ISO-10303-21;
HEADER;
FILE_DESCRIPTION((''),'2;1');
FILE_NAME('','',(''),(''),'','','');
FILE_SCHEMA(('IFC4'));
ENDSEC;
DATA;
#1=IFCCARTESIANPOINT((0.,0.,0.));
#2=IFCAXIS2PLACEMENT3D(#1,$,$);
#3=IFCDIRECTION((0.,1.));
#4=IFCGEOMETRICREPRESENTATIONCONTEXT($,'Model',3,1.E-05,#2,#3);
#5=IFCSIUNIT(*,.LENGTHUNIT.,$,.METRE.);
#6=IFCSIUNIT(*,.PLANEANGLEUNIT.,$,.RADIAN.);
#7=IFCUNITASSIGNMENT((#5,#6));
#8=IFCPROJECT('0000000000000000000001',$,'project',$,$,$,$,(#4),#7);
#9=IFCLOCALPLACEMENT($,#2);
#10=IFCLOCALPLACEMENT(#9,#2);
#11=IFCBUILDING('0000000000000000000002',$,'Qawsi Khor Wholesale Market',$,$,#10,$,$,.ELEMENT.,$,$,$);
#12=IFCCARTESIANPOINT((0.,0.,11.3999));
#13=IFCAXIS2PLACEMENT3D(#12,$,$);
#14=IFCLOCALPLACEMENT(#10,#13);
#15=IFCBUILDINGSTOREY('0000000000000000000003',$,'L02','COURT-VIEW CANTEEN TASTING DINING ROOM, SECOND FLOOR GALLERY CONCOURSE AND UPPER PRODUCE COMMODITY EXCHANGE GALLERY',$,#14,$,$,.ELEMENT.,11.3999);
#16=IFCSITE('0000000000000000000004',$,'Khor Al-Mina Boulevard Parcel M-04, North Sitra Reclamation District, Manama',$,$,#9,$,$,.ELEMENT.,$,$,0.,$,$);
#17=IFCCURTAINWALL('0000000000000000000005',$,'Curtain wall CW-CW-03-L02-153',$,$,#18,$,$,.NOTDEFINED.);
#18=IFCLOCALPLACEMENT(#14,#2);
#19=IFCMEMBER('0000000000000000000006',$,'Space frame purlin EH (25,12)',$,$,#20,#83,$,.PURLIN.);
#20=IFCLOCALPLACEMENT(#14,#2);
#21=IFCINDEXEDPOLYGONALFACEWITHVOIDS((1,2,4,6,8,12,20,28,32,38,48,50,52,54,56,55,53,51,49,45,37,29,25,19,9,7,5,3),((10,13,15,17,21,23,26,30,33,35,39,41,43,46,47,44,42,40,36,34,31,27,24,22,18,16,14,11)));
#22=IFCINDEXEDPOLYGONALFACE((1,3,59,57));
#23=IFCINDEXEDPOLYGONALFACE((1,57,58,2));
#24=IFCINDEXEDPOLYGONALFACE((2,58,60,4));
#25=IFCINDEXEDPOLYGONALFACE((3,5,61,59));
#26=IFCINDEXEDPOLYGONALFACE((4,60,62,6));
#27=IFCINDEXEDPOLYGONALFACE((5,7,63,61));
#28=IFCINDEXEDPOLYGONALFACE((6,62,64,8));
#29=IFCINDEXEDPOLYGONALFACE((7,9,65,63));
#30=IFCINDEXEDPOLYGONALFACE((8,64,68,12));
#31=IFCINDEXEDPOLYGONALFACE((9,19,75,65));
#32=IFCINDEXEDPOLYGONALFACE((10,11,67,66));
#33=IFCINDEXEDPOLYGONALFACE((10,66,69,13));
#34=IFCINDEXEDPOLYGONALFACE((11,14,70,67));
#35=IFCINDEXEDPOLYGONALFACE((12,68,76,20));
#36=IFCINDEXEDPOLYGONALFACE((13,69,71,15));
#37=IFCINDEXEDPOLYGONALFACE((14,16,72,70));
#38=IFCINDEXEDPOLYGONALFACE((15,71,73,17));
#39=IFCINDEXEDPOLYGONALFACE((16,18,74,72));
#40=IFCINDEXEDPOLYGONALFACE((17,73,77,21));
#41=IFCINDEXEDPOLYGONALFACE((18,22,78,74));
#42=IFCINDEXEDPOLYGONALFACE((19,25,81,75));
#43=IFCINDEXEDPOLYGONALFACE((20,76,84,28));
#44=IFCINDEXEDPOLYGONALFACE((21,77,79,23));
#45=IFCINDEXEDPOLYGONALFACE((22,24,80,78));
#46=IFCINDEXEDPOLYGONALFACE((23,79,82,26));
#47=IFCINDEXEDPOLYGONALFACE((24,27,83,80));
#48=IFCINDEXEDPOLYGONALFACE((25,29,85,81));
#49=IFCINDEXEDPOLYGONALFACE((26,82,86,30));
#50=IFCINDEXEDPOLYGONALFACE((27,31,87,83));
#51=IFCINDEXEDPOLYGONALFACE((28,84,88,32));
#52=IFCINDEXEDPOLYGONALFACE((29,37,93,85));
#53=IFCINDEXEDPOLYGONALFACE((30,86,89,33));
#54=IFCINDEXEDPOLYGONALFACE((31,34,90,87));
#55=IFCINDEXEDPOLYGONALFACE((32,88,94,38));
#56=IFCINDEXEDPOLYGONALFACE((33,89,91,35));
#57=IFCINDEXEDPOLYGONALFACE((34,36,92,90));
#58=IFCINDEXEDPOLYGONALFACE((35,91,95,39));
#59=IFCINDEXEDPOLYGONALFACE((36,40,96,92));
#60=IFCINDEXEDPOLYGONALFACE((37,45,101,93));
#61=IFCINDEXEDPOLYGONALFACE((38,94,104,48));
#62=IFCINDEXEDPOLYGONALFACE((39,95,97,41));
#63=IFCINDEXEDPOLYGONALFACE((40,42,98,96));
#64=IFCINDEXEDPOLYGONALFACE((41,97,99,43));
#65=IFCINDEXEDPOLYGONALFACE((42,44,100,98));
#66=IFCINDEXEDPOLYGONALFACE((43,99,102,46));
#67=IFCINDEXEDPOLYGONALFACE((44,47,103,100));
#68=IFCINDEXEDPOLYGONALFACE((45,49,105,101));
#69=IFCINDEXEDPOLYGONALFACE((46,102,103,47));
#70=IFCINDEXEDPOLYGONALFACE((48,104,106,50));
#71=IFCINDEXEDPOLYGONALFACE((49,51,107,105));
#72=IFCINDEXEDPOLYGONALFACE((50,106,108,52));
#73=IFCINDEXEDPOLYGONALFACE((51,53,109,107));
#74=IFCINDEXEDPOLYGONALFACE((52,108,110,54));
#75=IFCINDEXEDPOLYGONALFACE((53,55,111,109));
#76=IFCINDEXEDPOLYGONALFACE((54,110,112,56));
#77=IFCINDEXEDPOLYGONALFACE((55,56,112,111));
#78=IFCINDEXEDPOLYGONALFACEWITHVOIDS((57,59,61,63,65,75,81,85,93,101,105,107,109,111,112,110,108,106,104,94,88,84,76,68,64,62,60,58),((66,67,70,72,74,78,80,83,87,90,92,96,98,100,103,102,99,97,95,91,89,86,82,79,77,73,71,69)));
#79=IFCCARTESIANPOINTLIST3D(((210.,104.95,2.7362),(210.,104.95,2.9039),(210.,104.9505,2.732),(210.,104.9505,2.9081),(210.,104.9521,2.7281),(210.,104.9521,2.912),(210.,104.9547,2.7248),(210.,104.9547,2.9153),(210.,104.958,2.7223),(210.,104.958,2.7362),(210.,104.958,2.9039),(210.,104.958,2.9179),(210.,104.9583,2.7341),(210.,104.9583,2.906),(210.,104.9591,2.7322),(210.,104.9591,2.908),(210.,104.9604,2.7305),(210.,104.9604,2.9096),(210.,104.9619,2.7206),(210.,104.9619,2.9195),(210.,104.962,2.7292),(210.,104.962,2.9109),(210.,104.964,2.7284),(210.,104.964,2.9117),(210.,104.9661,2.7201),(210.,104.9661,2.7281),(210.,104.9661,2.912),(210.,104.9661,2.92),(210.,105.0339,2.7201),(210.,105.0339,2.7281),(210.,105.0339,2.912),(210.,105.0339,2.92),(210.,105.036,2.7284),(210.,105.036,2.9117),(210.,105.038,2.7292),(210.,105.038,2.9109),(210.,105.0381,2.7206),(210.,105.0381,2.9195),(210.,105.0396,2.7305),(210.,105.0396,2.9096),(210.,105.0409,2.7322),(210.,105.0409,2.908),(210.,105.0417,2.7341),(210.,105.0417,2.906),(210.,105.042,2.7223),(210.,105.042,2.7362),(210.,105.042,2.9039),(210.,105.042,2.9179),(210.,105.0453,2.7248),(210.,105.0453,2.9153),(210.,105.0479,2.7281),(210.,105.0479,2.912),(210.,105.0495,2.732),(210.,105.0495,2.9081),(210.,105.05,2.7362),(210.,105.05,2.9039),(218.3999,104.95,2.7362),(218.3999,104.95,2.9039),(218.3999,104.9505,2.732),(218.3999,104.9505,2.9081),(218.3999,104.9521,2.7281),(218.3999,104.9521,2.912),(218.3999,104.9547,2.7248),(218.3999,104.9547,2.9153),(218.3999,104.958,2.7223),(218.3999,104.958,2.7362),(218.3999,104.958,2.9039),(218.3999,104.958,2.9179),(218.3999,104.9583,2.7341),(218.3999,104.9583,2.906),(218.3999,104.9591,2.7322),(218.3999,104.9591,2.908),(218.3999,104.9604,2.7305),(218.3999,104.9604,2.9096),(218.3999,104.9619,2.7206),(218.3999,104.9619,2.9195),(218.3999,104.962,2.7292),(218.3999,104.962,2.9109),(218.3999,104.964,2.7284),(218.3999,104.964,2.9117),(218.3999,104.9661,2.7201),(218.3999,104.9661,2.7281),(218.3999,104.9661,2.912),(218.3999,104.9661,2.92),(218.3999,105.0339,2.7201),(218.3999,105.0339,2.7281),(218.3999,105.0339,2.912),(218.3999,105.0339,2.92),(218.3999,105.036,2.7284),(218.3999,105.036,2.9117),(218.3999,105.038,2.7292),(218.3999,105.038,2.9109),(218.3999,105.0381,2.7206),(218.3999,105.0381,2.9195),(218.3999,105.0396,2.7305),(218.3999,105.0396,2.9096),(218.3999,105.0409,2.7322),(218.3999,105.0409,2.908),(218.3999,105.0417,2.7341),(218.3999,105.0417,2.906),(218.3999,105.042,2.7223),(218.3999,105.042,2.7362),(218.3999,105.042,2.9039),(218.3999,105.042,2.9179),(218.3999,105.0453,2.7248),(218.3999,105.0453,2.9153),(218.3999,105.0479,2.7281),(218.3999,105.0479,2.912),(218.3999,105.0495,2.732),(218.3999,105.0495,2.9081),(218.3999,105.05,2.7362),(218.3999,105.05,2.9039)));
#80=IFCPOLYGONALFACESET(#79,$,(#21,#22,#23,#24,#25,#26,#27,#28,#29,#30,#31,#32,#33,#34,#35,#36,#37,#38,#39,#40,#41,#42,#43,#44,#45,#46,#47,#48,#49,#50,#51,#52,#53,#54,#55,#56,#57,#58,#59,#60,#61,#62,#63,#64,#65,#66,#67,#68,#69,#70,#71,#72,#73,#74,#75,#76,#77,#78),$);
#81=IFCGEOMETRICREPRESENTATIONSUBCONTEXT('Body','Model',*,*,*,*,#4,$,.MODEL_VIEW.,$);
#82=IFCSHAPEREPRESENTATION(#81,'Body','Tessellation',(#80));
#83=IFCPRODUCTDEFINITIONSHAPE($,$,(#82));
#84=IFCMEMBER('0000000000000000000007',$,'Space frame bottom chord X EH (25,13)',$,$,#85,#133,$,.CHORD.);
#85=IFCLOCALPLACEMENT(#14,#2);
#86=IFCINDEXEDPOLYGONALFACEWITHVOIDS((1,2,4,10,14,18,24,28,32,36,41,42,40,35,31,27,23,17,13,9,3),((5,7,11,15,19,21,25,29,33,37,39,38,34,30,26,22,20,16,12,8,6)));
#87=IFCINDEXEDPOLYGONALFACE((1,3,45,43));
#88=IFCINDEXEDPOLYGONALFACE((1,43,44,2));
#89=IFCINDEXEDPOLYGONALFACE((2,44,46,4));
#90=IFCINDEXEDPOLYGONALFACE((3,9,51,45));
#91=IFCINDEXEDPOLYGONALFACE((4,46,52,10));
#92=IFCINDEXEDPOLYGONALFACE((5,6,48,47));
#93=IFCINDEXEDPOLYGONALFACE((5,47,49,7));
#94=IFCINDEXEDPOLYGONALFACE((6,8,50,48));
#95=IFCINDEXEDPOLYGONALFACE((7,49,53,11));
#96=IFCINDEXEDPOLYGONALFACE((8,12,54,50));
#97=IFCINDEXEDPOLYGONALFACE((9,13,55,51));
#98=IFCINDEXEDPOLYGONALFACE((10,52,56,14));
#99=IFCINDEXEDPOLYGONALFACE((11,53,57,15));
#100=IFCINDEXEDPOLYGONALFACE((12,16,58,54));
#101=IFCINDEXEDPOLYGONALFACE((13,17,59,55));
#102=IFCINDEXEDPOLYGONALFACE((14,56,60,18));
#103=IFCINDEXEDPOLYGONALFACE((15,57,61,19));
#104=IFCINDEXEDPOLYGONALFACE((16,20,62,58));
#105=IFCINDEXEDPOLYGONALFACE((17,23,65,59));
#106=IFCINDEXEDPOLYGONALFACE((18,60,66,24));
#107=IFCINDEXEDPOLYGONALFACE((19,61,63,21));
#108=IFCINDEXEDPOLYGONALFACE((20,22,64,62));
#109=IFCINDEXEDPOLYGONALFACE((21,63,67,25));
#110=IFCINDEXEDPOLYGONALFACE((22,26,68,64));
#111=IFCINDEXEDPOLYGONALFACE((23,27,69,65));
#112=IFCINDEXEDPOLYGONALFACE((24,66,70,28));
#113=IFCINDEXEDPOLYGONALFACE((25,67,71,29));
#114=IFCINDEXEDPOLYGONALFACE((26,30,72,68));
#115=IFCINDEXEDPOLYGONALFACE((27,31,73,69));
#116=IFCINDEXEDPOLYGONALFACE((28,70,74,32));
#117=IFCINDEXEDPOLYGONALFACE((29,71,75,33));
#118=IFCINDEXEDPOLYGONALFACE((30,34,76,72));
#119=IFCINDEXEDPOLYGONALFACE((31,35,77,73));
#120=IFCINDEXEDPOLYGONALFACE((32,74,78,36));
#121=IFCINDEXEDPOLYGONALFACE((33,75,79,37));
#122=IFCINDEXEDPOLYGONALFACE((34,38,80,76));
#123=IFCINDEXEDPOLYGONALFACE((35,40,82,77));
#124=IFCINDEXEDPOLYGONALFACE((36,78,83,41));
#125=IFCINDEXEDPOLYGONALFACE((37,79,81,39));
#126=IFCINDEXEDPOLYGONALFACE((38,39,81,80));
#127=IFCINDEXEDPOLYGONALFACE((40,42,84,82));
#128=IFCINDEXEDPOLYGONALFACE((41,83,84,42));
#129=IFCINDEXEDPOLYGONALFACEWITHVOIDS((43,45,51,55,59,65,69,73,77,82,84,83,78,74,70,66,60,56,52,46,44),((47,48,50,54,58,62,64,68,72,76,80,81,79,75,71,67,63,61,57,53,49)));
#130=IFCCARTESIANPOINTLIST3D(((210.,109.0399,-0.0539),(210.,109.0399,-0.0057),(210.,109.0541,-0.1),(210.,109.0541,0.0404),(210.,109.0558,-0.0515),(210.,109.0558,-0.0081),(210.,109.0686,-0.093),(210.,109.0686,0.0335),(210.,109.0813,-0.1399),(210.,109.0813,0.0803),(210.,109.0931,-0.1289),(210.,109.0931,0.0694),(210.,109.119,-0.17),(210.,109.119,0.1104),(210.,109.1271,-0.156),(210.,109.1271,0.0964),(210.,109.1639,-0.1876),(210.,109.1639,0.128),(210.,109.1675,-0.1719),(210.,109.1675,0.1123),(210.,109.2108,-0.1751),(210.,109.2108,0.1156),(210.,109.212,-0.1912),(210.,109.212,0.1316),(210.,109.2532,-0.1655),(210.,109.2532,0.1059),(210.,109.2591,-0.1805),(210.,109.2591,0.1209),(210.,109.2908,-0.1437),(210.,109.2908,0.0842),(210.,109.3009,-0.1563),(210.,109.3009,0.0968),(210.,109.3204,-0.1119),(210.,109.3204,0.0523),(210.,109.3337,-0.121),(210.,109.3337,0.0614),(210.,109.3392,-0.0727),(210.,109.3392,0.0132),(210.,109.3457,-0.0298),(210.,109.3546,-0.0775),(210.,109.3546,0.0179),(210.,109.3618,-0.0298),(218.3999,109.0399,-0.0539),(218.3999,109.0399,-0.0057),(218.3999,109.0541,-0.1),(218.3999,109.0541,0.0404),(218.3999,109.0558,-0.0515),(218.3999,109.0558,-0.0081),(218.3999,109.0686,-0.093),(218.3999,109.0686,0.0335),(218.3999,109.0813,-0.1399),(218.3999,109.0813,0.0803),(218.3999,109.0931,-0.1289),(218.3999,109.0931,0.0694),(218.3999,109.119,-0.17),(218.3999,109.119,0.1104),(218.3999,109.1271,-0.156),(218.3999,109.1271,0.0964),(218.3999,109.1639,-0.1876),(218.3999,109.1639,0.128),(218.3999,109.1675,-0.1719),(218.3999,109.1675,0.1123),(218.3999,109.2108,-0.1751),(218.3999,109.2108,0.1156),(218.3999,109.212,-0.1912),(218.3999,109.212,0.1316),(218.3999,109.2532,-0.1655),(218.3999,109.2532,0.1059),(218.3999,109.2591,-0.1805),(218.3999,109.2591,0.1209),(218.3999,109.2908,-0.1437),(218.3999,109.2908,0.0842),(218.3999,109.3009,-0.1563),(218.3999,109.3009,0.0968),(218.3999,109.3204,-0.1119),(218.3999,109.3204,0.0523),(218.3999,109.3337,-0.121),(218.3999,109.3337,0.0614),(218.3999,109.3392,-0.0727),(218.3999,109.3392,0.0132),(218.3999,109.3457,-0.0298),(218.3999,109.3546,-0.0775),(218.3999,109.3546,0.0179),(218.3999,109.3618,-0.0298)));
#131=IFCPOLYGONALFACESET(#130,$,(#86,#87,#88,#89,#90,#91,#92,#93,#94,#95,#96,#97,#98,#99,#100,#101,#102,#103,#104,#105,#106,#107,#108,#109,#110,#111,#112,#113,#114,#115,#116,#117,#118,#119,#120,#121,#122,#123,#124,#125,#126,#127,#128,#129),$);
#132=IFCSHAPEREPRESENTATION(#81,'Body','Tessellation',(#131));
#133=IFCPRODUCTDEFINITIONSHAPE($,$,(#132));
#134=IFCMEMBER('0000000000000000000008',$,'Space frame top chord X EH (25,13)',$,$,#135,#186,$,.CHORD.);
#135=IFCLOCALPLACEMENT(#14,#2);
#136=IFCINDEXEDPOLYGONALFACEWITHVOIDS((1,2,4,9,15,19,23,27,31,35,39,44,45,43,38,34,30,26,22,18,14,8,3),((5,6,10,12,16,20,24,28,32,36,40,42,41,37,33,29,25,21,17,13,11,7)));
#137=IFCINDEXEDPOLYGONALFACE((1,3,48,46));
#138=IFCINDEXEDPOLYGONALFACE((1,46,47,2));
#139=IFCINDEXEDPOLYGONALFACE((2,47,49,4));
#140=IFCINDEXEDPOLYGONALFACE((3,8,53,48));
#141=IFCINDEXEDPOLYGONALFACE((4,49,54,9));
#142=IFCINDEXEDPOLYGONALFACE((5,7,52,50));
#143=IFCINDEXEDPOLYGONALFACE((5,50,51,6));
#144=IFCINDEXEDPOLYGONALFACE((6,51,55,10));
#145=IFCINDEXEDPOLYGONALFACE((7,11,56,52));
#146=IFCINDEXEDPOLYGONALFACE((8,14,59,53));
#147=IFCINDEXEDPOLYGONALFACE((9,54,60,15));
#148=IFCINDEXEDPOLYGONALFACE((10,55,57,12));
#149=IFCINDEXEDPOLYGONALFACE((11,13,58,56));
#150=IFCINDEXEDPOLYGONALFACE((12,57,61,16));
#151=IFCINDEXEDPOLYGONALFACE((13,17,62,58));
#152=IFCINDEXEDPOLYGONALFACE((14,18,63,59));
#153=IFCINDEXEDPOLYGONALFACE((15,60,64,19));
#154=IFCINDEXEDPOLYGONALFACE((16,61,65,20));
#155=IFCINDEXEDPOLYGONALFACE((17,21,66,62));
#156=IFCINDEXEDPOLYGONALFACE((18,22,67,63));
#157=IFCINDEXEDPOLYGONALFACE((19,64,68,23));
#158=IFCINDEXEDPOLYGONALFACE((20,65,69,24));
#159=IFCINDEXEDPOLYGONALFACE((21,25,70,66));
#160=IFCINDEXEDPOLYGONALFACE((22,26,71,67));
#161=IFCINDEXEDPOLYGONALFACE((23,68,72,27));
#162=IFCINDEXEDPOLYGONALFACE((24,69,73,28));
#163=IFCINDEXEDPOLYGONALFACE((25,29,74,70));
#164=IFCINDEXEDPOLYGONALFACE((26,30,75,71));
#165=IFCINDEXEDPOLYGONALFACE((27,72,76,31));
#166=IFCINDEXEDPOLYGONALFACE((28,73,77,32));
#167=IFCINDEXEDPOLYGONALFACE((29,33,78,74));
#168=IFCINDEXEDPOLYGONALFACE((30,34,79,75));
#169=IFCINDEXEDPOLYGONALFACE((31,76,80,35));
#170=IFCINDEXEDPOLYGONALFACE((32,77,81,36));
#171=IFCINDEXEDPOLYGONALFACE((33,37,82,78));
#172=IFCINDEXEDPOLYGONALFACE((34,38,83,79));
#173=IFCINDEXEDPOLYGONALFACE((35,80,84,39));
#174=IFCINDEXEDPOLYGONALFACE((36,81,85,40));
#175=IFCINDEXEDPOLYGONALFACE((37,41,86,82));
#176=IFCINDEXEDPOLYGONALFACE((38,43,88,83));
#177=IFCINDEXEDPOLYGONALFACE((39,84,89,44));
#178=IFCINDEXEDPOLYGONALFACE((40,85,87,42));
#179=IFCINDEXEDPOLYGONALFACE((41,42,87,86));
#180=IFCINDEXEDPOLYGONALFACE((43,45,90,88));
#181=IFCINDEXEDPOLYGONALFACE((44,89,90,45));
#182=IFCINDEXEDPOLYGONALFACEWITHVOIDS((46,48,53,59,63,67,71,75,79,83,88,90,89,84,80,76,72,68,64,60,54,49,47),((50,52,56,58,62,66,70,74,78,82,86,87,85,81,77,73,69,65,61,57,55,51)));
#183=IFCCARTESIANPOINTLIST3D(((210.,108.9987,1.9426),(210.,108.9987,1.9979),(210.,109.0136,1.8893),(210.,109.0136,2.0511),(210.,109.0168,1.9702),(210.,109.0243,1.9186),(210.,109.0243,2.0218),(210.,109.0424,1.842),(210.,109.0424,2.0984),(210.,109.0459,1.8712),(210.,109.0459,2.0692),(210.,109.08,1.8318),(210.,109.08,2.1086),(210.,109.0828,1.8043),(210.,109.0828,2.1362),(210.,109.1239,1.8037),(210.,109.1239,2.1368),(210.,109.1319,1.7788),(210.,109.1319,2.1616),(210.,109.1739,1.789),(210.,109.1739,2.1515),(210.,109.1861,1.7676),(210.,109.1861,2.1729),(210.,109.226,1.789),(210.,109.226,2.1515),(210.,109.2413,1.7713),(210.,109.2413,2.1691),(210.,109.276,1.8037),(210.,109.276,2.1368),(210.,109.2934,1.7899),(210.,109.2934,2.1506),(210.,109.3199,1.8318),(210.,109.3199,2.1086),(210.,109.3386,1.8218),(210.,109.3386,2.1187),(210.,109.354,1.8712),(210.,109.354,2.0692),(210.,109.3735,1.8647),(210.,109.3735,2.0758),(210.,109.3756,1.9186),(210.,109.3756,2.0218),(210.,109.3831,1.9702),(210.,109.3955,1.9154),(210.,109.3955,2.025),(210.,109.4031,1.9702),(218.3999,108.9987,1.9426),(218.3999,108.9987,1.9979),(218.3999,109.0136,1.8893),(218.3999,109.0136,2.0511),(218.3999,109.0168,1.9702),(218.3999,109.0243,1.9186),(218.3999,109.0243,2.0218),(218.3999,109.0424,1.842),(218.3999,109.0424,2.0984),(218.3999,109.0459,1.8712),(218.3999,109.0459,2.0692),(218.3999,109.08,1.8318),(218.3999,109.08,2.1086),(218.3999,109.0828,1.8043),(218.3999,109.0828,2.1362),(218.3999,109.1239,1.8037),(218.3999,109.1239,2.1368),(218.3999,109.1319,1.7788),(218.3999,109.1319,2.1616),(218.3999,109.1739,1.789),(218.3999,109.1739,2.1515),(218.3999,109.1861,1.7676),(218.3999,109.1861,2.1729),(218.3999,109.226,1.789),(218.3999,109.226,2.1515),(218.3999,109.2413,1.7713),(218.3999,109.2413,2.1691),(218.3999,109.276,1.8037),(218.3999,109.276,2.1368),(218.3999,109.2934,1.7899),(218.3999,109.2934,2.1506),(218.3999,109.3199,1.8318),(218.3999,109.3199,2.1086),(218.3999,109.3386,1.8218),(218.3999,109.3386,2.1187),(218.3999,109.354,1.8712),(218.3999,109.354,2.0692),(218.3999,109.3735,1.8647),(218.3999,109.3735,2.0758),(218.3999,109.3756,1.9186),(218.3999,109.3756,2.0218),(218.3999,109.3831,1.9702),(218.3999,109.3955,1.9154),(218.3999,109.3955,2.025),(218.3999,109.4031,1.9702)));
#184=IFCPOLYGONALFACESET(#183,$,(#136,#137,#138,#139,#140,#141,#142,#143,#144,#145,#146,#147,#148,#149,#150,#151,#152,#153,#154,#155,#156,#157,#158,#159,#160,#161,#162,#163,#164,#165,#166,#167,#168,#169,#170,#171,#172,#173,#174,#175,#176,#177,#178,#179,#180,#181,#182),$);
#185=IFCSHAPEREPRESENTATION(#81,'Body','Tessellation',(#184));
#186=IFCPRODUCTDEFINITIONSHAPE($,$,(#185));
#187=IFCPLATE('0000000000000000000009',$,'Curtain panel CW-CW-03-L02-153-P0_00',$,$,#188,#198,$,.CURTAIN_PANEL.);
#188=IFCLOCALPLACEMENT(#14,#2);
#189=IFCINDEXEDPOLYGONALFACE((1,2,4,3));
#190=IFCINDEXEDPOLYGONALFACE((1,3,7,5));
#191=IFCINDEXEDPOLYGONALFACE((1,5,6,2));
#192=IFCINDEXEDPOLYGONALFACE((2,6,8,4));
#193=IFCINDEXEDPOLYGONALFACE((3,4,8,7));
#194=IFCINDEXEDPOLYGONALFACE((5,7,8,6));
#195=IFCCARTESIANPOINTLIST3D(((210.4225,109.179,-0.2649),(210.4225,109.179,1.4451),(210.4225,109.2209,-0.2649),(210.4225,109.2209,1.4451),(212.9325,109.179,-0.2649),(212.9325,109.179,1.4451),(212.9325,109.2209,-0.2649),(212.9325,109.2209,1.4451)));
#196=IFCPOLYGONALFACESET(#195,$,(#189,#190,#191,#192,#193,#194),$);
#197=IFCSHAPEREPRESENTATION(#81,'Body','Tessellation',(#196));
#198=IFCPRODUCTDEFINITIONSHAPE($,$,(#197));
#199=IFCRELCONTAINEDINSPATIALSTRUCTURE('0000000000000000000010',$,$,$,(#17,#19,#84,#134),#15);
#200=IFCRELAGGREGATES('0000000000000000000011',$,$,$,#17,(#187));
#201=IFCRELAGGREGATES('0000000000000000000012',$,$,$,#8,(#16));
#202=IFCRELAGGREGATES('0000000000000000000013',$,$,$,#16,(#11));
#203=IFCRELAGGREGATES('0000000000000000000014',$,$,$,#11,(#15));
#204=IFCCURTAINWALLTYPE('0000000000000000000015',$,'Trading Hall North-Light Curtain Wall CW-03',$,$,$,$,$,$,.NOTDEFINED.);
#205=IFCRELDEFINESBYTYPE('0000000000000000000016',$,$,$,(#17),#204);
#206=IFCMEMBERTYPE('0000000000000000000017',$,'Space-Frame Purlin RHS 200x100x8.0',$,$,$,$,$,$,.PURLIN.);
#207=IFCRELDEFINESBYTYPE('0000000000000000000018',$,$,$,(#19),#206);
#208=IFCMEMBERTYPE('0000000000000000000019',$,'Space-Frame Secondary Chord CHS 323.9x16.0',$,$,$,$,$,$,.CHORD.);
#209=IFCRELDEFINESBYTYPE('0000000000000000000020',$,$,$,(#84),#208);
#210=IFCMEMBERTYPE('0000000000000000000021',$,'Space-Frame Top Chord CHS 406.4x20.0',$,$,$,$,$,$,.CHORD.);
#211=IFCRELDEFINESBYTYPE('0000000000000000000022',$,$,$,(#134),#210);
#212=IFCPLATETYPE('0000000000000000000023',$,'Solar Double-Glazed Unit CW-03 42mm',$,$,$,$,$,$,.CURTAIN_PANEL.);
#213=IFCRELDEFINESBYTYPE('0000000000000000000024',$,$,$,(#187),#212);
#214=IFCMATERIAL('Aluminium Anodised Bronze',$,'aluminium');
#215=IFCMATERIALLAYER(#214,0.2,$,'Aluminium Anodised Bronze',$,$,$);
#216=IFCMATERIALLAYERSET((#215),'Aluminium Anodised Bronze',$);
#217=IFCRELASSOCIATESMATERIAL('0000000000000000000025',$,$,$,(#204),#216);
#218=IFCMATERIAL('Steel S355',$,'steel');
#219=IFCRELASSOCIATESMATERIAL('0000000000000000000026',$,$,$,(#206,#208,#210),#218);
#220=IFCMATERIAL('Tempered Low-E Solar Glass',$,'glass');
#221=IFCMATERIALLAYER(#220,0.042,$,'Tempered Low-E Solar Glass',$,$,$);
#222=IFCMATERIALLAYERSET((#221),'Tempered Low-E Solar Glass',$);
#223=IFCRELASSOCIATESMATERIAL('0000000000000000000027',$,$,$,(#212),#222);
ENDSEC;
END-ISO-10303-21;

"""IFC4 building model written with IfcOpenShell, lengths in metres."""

from ifc_helpers import new_model, si_unit, direction, frame, frame_2d, origin, origin_2d, place, context, subcontext, project, spatial, rectangle, hollow_rectangle, hollow_circle, extrude, material, layer, layer_set, material_profile, profile_set, type_object, element, aggregate, save


model = new_model("IFC4")

# Units and contexts
model_context = context("Model", 3, precision=1e-05, world=origin(), true_north=direction((0.0, 1.0)))
body_context = subcontext(model_context, "Body", "Model", "MODEL_VIEW")
ifc_project = project(units=[si_unit("LENGTHUNIT", "METRE"), si_unit("PLANEANGLEUNIT", "RADIAN")], contexts=[model_context])

# Site, building, storey
site_placement = place(None, origin())
site = spatial("IfcSite", under=ifc_project, at=site_placement, Name="Khor Al-Mina Boulevard Parcel M-04, North Sitra Reclamation District, Manama", CompositionType="ELEMENT", RefElevation=0.0)
building_placement = place(site_placement, origin())
building = spatial("IfcBuilding", under=site, at=building_placement, Name="Qawsi Khor Wholesale Market", CompositionType="ELEMENT")
storey_placement = place(building_placement, frame((0.0, 0.0, 11.3999)))
storey = spatial("IfcBuildingStorey", under=building, at=storey_placement, Name="L02", Description="COURT-VIEW CANTEEN TASTING DINING ROOM, SECOND FLOOR GALLERY CONCOURSE AND UPPER PRODUCE COMMODITY EXCHANGE GALLERY", CompositionType="ELEMENT", Elevation=11.3999)

# Curtain wall
ifc_material_1 = material(Name="Aluminium Anodised Bronze", Category="aluminium")
ifc_layer_1 = layer(ifc_material_1, 0.2, Name="Aluminium Anodised Bronze")
ifc_layer_set_1 = layer_set([ifc_layer_1], Name="Aluminium Anodised Bronze")
curtain_wall_type = type_object("IfcCurtainWallType", Name="Trading Hall North-Light Curtain Wall CW-03", PredefinedType="NOTDEFINED", material=ifc_layer_set_1)
curtain_wall_placement = place(storey_placement, origin())
curtain_wall = element("IfcCurtainWall", 1, at=curtain_wall_placement, inside=storey, type_object=curtain_wall_type, Name="Curtain wall CW-CW-03-L02-153", PredefinedType="NOTDEFINED")

# Members
ifc_material_2 = material(Name="Steel S355", Category="steel")
ifc_material_profile_1 = material_profile(ifc_material_2, hollow_rectangle(XDim=0.1001, YDim=0.2, WallThickness=0.0081, InnerFilletRadius=0.0081, OuterFilletRadius=0.0161, at=origin_2d()), Name="RHS 200x100x8.0")
ifc_profile_set_1 = profile_set([ifc_material_profile_1], Name="Steel S355")
member_type_1 = type_object("IfcMemberType", Name="Space-Frame Purlin RHS 200x100x8.0", PredefinedType="PURLIN", material=ifc_profile_set_1)
member_1_placement = place(storey_placement, frame((210.0, 105.0, 2.8201), z_axis=(1.0, 0.0, 0.0), x_axis=(0.0, 1.0, 0.0)))
element("IfcMember", 2, at=member_1_placement, inside=storey, type_object=member_type_1, Name="Space frame purlin EH (25,12)", PredefinedType="PURLIN", context=body_context, shape_type="SweptSolid", body=[
    extrude(hollow_rectangle(XDim=0.1001, YDim=0.2, WallThickness=0.0081, InnerFilletRadius=0.0081, OuterFilletRadius=0.0161, at=origin_2d()), origin(), (0.0, 0.0, 1.0), 8.3999),
])
ifc_material_profile_2 = material_profile(ifc_material_2, hollow_circle(Radius=0.1619, WallThickness=0.0161, at=origin_2d()), Name="CHS 323.9x16.0")
ifc_profile_set_2 = profile_set([ifc_material_profile_2], Name="Steel S355")
member_type_2 = type_object("IfcMemberType", Name="Space-Frame Secondary Chord CHS 323.9x16.0", PredefinedType="CHORD", material=ifc_profile_set_2)
member_2_placement = place(storey_placement, frame((210.0, 109.2, -0.0298), z_axis=(1.0, 0.0, 0.0), x_axis=(0.0, 1.0, 0.0)))
element("IfcMember", 3, at=member_2_placement, inside=storey, type_object=member_type_2, Name="Space frame bottom chord X EH (25,13)", PredefinedType="CHORD", context=body_context, shape_type="SweptSolid", body=[
    extrude(hollow_circle(Radius=0.1619, WallThickness=0.0161, at=origin_2d()), origin(), (0.0, 0.0, 1.0), 8.3999),
])
ifc_material_profile_3 = material_profile(ifc_material_2, hollow_circle(Radius=0.2031, WallThickness=0.02, at=origin_2d()), Name="CHS 406.4x20.0")
ifc_profile_set_3 = profile_set([ifc_material_profile_3], Name="Steel S355")
member_type_3 = type_object("IfcMemberType", Name="Space-Frame Top Chord CHS 406.4x20.0", PredefinedType="CHORD", material=ifc_profile_set_3)
member_3_placement = place(storey_placement, frame((210.0, 109.2, 1.9702), z_axis=(1.0, 0.0, 0.0), x_axis=(0.0, 1.0, 0.0)))
element("IfcMember", 4, at=member_3_placement, inside=storey, type_object=member_type_3, Name="Space frame top chord X EH (25,13)", PredefinedType="CHORD", context=body_context, shape_type="SweptSolid", body=[
    extrude(hollow_circle(Radius=0.2031, WallThickness=0.02, at=origin_2d()), origin(), (0.0, 0.0, 1.0), 8.3999),
])

# Plate
ifc_material_3 = material(Name="Tempered Low-E Solar Glass", Category="glass")
ifc_layer_2 = layer(ifc_material_3, 0.042, Name="Tempered Low-E Solar Glass")
ifc_layer_set_2 = layer_set([ifc_layer_2], Name="Tempered Low-E Solar Glass")
plate_type = type_object("IfcPlateType", Name="Solar Double-Glazed Unit CW-03 42mm", PredefinedType="CURTAIN_PANEL", material=ifc_layer_set_2)
plate_1_placement = place(storey_placement, frame((210.4226, 109.2, -0.2649), z_axis=(0.0, 0.0, 1.0), x_axis=(1.0, 0.0, 0.0)))
plate_1 = element("IfcPlate", 5, at=plate_1_placement, type_object=plate_type, Name="Curtain panel CW-CW-03-L02-153-P0_00", PredefinedType="CURTAIN_PANEL", context=body_context, shape_type="SweptSolid", body=[
    extrude(rectangle(XDim=2.51, YDim=0.042, at=frame_2d((1.2549, 0.0))), origin(), (0.0, 0.0, 1.0), 1.71),
])
aggregate(curtain_wall, [plate_1])

save(model, "model.ifc")
